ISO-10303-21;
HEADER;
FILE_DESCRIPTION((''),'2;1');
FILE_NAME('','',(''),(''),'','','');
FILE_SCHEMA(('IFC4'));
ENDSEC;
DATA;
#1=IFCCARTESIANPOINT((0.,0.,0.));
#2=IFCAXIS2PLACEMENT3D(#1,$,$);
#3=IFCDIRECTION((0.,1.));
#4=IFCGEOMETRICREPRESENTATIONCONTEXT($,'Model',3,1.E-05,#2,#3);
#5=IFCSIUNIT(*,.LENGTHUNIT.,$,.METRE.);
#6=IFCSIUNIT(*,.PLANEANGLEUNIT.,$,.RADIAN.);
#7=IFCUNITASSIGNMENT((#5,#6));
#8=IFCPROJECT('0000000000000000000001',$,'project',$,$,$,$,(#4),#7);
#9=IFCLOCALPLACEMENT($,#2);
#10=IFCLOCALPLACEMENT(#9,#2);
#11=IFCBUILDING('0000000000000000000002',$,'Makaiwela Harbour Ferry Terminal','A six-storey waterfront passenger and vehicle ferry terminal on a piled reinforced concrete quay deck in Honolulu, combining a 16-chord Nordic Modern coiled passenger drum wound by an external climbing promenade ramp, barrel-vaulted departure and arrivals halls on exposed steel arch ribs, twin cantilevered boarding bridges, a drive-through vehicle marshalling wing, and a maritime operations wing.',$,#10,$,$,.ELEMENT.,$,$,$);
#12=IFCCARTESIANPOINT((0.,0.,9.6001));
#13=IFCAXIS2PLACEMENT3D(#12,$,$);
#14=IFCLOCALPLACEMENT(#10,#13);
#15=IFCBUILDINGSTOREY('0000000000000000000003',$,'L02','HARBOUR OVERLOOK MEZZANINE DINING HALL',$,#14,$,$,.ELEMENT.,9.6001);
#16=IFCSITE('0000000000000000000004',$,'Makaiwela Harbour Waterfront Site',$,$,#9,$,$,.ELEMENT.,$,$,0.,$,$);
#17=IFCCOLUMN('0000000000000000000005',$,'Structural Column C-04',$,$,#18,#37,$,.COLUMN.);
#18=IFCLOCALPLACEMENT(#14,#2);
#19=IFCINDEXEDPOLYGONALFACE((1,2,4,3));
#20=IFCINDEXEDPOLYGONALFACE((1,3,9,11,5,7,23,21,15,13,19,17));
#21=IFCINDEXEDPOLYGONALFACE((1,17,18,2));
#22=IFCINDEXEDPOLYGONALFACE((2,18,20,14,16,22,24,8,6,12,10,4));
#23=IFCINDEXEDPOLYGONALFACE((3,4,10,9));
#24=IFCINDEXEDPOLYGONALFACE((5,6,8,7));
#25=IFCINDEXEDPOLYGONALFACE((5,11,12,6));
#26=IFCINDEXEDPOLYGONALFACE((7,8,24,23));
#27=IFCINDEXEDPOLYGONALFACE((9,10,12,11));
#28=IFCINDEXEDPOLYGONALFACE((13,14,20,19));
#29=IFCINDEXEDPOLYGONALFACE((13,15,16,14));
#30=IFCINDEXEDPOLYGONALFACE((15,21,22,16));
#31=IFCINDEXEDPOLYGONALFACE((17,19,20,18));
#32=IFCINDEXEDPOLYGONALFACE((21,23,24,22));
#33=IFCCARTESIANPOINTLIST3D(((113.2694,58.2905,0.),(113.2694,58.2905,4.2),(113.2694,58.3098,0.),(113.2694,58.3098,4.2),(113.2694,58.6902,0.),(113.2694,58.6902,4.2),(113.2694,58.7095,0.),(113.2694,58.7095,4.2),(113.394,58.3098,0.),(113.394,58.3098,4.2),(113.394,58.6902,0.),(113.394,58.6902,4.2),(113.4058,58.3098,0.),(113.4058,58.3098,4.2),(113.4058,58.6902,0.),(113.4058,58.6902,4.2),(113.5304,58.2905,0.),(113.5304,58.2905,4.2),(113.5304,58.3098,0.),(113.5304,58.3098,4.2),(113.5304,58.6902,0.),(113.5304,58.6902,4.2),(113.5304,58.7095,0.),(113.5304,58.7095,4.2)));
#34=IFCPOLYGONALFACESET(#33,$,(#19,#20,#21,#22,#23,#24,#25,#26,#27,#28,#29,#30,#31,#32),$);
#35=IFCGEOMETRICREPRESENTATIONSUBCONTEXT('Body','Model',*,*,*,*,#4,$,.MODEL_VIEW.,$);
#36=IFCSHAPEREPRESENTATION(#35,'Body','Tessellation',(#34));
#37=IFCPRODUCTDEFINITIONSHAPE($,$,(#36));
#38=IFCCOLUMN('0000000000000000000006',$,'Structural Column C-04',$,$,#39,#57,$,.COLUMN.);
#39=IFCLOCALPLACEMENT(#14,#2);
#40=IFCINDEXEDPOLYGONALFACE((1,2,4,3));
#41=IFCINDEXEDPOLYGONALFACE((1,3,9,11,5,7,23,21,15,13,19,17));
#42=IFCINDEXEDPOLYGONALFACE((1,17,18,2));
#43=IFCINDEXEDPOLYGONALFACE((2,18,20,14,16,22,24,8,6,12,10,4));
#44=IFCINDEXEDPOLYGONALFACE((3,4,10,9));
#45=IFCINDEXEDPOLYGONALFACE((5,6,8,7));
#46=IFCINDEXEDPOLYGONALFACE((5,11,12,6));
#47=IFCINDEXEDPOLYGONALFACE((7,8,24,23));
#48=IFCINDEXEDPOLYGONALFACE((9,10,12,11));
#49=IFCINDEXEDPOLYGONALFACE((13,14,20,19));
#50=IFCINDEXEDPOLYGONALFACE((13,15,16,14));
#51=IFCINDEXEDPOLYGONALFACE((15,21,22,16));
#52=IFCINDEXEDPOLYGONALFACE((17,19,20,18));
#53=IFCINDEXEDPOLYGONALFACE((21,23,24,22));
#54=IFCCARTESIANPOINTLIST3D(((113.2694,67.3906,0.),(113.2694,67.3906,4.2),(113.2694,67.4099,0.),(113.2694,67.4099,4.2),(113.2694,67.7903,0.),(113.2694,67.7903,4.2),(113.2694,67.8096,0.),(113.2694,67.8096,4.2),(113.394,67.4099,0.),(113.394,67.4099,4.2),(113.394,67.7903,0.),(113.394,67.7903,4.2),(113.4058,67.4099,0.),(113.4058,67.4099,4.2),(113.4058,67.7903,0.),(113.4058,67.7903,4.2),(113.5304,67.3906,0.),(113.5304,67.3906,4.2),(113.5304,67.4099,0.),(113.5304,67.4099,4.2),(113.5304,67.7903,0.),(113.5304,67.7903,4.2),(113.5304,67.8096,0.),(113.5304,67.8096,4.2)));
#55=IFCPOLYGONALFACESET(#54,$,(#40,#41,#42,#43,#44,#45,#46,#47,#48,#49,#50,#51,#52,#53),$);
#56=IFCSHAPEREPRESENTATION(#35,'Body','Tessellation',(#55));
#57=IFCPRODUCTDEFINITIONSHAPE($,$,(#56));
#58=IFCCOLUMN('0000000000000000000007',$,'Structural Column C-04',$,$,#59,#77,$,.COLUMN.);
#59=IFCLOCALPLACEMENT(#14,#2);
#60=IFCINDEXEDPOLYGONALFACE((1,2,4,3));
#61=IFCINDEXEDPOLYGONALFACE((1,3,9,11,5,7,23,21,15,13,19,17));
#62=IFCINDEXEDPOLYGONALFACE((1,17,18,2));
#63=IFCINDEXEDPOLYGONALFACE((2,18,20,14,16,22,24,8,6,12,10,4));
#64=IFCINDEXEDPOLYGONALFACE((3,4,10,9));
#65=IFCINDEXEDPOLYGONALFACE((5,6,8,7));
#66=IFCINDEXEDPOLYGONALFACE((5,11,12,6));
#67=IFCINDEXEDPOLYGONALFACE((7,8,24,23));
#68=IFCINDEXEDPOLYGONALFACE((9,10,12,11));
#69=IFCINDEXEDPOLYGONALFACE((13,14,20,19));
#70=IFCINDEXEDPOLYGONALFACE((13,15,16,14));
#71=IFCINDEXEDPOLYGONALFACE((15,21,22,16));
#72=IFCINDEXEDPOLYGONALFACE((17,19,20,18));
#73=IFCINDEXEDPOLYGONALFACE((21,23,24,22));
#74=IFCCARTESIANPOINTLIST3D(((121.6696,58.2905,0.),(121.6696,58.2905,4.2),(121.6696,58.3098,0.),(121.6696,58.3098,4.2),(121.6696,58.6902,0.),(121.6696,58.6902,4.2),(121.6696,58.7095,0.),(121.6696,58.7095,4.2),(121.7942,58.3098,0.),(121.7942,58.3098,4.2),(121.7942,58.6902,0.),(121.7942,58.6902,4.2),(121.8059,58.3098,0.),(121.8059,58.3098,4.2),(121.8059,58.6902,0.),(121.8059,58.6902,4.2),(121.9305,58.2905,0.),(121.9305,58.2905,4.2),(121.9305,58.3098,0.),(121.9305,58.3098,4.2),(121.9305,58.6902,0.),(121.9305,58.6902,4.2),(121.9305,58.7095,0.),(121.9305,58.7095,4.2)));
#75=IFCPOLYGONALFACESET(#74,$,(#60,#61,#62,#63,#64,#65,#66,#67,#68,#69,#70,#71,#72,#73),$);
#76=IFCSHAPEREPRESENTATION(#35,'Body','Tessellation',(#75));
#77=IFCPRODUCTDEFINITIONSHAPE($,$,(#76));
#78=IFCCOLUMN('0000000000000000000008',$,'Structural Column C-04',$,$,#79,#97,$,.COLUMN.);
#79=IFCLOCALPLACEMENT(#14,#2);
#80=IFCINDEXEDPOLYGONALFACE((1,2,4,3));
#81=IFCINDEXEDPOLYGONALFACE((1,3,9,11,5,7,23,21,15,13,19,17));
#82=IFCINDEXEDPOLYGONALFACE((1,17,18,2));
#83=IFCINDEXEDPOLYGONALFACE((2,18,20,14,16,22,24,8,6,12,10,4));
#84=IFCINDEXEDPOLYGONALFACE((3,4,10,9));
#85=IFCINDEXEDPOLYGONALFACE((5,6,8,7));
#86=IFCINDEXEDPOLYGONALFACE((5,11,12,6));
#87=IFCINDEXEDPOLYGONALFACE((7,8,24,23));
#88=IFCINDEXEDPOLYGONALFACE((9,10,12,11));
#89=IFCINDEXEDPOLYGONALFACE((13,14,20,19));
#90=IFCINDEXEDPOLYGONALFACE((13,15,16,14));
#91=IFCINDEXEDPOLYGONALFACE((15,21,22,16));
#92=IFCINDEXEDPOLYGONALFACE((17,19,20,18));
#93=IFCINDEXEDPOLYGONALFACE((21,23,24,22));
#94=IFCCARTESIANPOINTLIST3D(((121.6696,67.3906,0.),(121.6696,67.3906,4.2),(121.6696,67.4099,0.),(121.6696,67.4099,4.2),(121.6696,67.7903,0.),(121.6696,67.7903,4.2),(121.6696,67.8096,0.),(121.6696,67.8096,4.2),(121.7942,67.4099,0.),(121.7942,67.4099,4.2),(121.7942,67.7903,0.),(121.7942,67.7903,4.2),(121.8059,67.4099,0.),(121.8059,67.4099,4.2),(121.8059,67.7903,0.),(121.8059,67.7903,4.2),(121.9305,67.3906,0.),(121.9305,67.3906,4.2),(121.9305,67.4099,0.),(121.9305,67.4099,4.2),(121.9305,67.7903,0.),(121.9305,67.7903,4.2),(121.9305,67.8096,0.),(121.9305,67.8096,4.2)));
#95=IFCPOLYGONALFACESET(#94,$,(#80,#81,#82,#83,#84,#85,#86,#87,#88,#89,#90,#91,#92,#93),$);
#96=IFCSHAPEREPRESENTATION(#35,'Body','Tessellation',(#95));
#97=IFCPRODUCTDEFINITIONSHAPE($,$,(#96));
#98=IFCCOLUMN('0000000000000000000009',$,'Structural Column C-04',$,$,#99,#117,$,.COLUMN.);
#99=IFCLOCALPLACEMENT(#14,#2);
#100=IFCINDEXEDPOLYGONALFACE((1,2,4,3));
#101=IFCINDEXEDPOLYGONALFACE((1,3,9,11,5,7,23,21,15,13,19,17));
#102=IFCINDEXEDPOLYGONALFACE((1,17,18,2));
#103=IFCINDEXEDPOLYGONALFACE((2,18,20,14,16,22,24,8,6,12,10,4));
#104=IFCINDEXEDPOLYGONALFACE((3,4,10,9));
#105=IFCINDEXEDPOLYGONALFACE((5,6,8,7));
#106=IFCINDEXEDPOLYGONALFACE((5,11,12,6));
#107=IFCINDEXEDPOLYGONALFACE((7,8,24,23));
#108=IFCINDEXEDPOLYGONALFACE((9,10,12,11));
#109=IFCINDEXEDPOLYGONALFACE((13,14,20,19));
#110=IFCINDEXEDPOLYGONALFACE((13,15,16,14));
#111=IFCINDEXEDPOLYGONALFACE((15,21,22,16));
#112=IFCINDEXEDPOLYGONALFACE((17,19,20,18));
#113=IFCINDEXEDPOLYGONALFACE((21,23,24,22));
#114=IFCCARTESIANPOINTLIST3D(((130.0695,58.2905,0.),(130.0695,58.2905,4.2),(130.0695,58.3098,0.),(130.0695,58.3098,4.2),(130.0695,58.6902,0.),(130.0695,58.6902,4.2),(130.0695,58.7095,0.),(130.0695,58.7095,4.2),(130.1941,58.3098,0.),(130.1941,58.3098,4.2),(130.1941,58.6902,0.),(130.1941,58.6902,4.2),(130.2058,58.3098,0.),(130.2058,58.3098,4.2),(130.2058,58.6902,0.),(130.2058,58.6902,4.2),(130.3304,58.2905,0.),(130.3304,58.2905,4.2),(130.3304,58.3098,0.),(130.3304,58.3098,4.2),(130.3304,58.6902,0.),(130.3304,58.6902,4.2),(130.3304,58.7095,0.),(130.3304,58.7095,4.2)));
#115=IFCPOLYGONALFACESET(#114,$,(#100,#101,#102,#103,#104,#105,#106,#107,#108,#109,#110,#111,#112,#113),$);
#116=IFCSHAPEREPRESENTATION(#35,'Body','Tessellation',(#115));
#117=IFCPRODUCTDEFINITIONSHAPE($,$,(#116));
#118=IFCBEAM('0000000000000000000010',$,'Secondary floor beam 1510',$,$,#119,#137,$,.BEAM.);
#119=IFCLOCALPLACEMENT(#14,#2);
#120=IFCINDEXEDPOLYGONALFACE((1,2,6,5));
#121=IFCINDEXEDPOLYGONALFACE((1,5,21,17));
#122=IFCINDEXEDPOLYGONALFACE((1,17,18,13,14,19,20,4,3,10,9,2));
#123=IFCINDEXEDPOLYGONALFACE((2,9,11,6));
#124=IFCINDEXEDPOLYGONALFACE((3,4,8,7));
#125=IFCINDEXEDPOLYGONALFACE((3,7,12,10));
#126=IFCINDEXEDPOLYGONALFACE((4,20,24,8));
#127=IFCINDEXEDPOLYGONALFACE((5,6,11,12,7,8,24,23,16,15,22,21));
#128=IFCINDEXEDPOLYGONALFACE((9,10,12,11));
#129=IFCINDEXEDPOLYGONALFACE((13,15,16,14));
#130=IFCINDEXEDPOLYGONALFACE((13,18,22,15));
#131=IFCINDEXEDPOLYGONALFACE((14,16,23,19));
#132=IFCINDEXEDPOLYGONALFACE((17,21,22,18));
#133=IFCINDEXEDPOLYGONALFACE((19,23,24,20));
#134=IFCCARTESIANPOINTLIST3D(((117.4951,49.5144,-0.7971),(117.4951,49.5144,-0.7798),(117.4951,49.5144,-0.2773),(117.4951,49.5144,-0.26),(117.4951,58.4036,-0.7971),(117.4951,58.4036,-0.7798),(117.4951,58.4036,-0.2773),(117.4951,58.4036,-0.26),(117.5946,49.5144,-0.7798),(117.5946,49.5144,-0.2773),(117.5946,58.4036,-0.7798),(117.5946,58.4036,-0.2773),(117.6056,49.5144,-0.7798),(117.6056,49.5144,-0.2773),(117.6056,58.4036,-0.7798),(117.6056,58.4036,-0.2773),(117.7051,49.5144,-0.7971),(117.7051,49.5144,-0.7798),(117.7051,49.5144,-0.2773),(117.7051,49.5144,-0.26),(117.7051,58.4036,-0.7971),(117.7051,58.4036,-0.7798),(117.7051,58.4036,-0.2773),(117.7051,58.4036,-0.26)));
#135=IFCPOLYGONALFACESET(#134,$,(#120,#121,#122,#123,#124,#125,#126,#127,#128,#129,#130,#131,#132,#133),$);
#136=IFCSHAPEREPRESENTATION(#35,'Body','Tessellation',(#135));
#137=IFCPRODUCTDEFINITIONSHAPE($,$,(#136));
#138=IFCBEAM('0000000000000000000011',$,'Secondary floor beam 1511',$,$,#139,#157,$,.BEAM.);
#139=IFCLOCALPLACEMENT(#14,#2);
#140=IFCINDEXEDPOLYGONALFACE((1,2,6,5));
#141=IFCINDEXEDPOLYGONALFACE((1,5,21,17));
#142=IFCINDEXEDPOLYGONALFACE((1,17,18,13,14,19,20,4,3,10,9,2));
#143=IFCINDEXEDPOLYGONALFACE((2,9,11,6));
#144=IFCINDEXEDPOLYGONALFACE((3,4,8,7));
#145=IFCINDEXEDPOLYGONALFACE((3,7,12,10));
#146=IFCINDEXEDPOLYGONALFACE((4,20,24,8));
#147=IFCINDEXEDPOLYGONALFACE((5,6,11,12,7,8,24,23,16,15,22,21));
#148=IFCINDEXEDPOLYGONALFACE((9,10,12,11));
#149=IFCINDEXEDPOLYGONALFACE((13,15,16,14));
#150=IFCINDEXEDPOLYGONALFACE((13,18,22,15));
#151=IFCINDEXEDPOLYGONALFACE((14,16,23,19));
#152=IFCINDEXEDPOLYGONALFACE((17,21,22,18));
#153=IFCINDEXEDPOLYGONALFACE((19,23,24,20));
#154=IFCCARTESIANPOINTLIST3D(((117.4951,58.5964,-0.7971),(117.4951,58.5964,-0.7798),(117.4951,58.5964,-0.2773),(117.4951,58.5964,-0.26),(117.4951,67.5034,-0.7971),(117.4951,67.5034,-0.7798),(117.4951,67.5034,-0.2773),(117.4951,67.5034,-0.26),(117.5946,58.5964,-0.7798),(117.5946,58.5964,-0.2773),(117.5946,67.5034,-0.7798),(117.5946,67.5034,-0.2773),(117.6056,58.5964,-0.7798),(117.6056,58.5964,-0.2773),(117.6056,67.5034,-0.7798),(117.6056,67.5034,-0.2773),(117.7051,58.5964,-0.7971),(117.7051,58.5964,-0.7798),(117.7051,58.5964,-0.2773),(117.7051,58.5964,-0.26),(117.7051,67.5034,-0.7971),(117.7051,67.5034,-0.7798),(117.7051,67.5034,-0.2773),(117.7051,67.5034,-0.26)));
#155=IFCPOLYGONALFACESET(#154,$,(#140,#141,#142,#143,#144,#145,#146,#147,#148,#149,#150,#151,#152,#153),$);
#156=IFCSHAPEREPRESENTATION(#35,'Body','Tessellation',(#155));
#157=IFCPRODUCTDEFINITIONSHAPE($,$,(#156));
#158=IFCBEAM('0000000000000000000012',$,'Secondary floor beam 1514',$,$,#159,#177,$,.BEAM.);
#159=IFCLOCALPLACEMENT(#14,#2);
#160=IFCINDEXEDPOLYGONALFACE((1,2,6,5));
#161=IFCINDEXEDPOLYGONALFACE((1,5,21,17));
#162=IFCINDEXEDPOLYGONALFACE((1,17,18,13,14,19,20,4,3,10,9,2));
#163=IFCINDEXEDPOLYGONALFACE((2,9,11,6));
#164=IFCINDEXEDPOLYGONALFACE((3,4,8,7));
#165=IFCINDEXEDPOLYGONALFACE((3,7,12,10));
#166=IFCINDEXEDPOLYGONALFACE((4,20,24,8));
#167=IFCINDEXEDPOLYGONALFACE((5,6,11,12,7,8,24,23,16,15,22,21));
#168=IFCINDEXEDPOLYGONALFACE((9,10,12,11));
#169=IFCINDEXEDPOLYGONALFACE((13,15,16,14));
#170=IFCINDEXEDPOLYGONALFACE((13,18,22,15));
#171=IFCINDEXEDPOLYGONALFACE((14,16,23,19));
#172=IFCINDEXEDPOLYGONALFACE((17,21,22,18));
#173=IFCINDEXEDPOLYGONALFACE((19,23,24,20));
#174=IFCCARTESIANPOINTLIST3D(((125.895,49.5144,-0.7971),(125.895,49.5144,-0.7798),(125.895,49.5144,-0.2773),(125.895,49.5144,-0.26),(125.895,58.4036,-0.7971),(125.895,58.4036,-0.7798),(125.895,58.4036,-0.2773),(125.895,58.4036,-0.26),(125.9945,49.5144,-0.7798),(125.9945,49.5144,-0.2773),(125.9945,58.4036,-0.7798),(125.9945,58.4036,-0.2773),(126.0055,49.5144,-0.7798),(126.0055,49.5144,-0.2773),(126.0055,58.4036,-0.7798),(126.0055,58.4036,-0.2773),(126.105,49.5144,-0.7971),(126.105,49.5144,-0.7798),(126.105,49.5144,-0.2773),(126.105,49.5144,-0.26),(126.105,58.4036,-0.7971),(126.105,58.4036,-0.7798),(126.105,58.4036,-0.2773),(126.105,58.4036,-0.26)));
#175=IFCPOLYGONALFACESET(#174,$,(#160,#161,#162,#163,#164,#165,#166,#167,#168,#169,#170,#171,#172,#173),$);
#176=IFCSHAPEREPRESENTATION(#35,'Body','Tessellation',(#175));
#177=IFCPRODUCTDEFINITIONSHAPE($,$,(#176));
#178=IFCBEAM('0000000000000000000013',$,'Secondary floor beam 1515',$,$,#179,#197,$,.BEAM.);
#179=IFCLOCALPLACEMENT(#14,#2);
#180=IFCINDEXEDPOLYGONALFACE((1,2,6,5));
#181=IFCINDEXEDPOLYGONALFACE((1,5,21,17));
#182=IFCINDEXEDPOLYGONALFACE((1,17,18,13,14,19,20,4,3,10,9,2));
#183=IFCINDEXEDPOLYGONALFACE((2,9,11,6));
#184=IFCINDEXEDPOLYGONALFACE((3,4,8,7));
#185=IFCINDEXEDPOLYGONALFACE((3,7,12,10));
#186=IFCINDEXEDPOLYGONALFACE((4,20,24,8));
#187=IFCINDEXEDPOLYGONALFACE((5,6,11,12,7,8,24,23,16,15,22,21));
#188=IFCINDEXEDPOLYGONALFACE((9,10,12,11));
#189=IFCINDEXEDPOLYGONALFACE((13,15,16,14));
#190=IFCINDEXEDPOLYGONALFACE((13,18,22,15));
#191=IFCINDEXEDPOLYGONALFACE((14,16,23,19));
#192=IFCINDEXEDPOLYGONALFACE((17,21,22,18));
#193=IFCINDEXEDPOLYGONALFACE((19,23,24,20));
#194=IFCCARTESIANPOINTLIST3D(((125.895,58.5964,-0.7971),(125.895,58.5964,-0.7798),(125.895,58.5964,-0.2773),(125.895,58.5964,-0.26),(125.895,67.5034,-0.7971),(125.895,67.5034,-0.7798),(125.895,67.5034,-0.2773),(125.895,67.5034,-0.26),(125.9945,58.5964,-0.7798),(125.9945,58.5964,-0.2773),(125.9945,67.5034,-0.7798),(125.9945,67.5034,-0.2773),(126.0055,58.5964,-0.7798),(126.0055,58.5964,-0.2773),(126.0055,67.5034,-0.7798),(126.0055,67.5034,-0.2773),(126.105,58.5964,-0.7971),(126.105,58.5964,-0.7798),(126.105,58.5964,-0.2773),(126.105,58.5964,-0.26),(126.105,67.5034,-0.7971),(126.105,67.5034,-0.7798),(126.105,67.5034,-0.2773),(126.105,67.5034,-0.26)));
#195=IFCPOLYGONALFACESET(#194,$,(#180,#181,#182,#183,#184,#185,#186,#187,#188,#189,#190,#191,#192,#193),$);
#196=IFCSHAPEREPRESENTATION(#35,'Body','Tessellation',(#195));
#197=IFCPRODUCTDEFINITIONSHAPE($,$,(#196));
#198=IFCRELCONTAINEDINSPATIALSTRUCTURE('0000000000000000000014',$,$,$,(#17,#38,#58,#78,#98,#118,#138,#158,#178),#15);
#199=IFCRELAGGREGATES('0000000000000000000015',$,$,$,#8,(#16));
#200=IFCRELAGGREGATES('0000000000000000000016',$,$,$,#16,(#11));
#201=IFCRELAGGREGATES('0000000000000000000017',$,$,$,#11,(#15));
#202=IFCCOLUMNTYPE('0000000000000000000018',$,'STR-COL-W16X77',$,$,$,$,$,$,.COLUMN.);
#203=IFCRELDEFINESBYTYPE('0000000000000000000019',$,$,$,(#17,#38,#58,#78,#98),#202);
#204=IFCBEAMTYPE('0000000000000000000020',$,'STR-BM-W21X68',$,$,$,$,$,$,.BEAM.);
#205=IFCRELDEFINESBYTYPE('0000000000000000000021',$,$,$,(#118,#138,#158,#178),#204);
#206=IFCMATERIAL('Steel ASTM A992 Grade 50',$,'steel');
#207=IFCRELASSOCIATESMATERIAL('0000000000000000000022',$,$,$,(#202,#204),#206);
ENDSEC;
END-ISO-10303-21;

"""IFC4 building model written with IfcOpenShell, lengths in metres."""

from ifc_helpers import new_model, si_unit, direction, frame, origin, origin_2d, place, context, subcontext, project, spatial, i_section, extrude, material, material_profile, profile_set, type_object, element, save


model = new_model("IFC4")

# Units and contexts
model_context = context("Model", 3, precision=1e-05, world=origin(), true_north=direction((0.0, 1.0)))
body_context = subcontext(model_context, "Body", "Model", "MODEL_VIEW")
ifc_project = project(units=[si_unit("LENGTHUNIT", "METRE"), si_unit("PLANEANGLEUNIT", "RADIAN")], contexts=[model_context])

# Site, building, storey
site_placement = place(None, origin())
site = spatial("IfcSite", under=ifc_project, at=site_placement, Name="Makaiwela Harbour Waterfront Site", CompositionType="ELEMENT", RefElevation=0.0)
building_placement = place(site_placement, origin())
building = spatial("IfcBuilding", under=site, at=building_placement, Name="Makaiwela Harbour Ferry Terminal", Description="A six-storey waterfront passenger and vehicle ferry terminal on a piled reinforced concrete quay deck in Honolulu, combining a 16-chord Nordic Modern coiled passenger drum wound by an external climbing promenade ramp, barrel-vaulted departure and arrivals halls on exposed steel arch ribs, twin cantilevered boarding bridges, a drive-through vehicle marshalling wing, and a maritime operations wing.", CompositionType="ELEMENT")
storey_placement = place(building_placement, frame((0.0, 0.0, 9.6001)))
storey = spatial("IfcBuildingStorey", under=building, at=storey_placement, Name="L02", Description="HARBOUR OVERLOOK MEZZANINE DINING HALL", CompositionType="ELEMENT", Elevation=9.6001)

# Columns
ifc_material = material(Name="Steel ASTM A992 Grade 50", Category="steel")
ifc_material_profile_1 = material_profile(ifc_material, i_section(OverallWidth=0.261, OverallDepth=0.4189, WebThickness=0.0117, FlangeThickness=0.0193, at=origin_2d()), Name="W16X77")
ifc_profile_set_1 = profile_set([ifc_material_profile_1], Name="Steel ASTM A992 Grade 50")
column_type = type_object("IfcColumnType", Name="STR-COL-W16X77", PredefinedType="COLUMN", material=ifc_profile_set_1)
for number, where, z_axis, x_axis, name in (
    (1, (113.3999, 58.5, 0.0), (0.0, 0.0, 1.0), (1.0, 0.0, 0.0), "Structural Column C-04"),
    (2, (113.3999, 67.6001, 0.0), (0.0, 0.0, 1.0), (1.0, 0.0, 0.0), "Structural Column C-04"),
    (3, (121.8, 58.5, 0.0), (0.0, 0.0, 1.0), (1.0, 0.0, 0.0), "Structural Column C-04"),
    (4, (121.8, 67.6001, 0.0), (0.0, 0.0, 1.0), (1.0, 0.0, 0.0), "Structural Column C-04"),
    (5, (130.2, 58.5, 0.0), (0.0, 0.0, 1.0), (1.0, 0.0, 0.0), "Structural Column C-04"),
):
    element("IfcColumn", number, at=place(storey_placement, frame(where, z_axis=z_axis, x_axis=x_axis)), inside=storey, type_object=column_type, Name=name, PredefinedType="COLUMN", context=body_context, shape_type="SweptSolid", body=[
        extrude(i_section(OverallWidth=0.261, OverallDepth=0.4189, WebThickness=0.0117, FlangeThickness=0.0193, at=origin_2d()), origin(), (0.0, 0.0, 1.0), 4.2),
    ])

# Beams
ifc_material_profile_2 = material_profile(ifc_material, i_section(OverallWidth=0.21, OverallDepth=0.5371, WebThickness=0.011, FlangeThickness=0.0173, at=origin_2d()), Name="W21X68")
ifc_profile_set_2 = profile_set([ifc_material_profile_2], Name="Steel ASTM A992 Grade 50")
beam_type_1 = type_object("IfcBeamType", Name="STR-BM-W21X68", PredefinedType="BEAM", material=ifc_profile_set_2)
beam_1_placement = place(storey_placement, frame((117.6001, 49.5144, -0.5286), z_axis=(0.0, 1.0, 0.0), x_axis=(-1.0, 0.0, 0.0)))
element("IfcBeam", 6, at=beam_1_placement, inside=storey, type_object=beam_type_1, Name="Secondary floor beam 1510", PredefinedType="BEAM", context=body_context, shape_type="SweptSolid", body=[
    extrude(i_section(OverallWidth=0.21, OverallDepth=0.5371, WebThickness=0.011, FlangeThickness=0.0173, at=origin_2d()), origin(), (0.0, 0.0, 1.0), 8.8892),
])
beam_2_placement = place(storey_placement, frame((117.6001, 58.5964, -0.5286), z_axis=(0.0, 1.0, 0.0), x_axis=(-1.0, 0.0, 0.0)))
element("IfcBeam", 7, at=beam_2_placement, inside=storey, type_object=beam_type_1, Name="Secondary floor beam 1511", PredefinedType="BEAM", context=body_context, shape_type="SweptSolid", body=[
    extrude(i_section(OverallWidth=0.21, OverallDepth=0.5371, WebThickness=0.011, FlangeThickness=0.0173, at=origin_2d()), origin(), (0.0, 0.0, 1.0), 8.907),
])
beam_3_placement = place(storey_placement, frame((126.0, 49.5144, -0.5286), z_axis=(0.0, 1.0, 0.0), x_axis=(-1.0, 0.0, 0.0)))
element("IfcBeam", 8, at=beam_3_placement, inside=storey, type_object=beam_type_1, Name="Secondary floor beam 1514", PredefinedType="BEAM", context=body_context, shape_type="SweptSolid", body=[
    extrude(i_section(OverallWidth=0.21, OverallDepth=0.5371, WebThickness=0.011, FlangeThickness=0.0173, at=origin_2d()), origin(), (0.0, 0.0, 1.0), 8.8892),
])
beam_4_placement = place(storey_placement, frame((126.0, 58.5964, -0.5286), z_axis=(0.0, 1.0, 0.0), x_axis=(-1.0, 0.0, 0.0)))
element("IfcBeam", 9, at=beam_4_placement, inside=storey, type_object=beam_type_1, Name="Secondary floor beam 1515", PredefinedType="BEAM", context=body_context, shape_type="SweptSolid", body=[
    extrude(i_section(OverallWidth=0.21, OverallDepth=0.5371, WebThickness=0.011, FlangeThickness=0.0173, at=origin_2d()), origin(), (0.0, 0.0, 1.0), 8.907),
])

save(model, "model.ifc")
